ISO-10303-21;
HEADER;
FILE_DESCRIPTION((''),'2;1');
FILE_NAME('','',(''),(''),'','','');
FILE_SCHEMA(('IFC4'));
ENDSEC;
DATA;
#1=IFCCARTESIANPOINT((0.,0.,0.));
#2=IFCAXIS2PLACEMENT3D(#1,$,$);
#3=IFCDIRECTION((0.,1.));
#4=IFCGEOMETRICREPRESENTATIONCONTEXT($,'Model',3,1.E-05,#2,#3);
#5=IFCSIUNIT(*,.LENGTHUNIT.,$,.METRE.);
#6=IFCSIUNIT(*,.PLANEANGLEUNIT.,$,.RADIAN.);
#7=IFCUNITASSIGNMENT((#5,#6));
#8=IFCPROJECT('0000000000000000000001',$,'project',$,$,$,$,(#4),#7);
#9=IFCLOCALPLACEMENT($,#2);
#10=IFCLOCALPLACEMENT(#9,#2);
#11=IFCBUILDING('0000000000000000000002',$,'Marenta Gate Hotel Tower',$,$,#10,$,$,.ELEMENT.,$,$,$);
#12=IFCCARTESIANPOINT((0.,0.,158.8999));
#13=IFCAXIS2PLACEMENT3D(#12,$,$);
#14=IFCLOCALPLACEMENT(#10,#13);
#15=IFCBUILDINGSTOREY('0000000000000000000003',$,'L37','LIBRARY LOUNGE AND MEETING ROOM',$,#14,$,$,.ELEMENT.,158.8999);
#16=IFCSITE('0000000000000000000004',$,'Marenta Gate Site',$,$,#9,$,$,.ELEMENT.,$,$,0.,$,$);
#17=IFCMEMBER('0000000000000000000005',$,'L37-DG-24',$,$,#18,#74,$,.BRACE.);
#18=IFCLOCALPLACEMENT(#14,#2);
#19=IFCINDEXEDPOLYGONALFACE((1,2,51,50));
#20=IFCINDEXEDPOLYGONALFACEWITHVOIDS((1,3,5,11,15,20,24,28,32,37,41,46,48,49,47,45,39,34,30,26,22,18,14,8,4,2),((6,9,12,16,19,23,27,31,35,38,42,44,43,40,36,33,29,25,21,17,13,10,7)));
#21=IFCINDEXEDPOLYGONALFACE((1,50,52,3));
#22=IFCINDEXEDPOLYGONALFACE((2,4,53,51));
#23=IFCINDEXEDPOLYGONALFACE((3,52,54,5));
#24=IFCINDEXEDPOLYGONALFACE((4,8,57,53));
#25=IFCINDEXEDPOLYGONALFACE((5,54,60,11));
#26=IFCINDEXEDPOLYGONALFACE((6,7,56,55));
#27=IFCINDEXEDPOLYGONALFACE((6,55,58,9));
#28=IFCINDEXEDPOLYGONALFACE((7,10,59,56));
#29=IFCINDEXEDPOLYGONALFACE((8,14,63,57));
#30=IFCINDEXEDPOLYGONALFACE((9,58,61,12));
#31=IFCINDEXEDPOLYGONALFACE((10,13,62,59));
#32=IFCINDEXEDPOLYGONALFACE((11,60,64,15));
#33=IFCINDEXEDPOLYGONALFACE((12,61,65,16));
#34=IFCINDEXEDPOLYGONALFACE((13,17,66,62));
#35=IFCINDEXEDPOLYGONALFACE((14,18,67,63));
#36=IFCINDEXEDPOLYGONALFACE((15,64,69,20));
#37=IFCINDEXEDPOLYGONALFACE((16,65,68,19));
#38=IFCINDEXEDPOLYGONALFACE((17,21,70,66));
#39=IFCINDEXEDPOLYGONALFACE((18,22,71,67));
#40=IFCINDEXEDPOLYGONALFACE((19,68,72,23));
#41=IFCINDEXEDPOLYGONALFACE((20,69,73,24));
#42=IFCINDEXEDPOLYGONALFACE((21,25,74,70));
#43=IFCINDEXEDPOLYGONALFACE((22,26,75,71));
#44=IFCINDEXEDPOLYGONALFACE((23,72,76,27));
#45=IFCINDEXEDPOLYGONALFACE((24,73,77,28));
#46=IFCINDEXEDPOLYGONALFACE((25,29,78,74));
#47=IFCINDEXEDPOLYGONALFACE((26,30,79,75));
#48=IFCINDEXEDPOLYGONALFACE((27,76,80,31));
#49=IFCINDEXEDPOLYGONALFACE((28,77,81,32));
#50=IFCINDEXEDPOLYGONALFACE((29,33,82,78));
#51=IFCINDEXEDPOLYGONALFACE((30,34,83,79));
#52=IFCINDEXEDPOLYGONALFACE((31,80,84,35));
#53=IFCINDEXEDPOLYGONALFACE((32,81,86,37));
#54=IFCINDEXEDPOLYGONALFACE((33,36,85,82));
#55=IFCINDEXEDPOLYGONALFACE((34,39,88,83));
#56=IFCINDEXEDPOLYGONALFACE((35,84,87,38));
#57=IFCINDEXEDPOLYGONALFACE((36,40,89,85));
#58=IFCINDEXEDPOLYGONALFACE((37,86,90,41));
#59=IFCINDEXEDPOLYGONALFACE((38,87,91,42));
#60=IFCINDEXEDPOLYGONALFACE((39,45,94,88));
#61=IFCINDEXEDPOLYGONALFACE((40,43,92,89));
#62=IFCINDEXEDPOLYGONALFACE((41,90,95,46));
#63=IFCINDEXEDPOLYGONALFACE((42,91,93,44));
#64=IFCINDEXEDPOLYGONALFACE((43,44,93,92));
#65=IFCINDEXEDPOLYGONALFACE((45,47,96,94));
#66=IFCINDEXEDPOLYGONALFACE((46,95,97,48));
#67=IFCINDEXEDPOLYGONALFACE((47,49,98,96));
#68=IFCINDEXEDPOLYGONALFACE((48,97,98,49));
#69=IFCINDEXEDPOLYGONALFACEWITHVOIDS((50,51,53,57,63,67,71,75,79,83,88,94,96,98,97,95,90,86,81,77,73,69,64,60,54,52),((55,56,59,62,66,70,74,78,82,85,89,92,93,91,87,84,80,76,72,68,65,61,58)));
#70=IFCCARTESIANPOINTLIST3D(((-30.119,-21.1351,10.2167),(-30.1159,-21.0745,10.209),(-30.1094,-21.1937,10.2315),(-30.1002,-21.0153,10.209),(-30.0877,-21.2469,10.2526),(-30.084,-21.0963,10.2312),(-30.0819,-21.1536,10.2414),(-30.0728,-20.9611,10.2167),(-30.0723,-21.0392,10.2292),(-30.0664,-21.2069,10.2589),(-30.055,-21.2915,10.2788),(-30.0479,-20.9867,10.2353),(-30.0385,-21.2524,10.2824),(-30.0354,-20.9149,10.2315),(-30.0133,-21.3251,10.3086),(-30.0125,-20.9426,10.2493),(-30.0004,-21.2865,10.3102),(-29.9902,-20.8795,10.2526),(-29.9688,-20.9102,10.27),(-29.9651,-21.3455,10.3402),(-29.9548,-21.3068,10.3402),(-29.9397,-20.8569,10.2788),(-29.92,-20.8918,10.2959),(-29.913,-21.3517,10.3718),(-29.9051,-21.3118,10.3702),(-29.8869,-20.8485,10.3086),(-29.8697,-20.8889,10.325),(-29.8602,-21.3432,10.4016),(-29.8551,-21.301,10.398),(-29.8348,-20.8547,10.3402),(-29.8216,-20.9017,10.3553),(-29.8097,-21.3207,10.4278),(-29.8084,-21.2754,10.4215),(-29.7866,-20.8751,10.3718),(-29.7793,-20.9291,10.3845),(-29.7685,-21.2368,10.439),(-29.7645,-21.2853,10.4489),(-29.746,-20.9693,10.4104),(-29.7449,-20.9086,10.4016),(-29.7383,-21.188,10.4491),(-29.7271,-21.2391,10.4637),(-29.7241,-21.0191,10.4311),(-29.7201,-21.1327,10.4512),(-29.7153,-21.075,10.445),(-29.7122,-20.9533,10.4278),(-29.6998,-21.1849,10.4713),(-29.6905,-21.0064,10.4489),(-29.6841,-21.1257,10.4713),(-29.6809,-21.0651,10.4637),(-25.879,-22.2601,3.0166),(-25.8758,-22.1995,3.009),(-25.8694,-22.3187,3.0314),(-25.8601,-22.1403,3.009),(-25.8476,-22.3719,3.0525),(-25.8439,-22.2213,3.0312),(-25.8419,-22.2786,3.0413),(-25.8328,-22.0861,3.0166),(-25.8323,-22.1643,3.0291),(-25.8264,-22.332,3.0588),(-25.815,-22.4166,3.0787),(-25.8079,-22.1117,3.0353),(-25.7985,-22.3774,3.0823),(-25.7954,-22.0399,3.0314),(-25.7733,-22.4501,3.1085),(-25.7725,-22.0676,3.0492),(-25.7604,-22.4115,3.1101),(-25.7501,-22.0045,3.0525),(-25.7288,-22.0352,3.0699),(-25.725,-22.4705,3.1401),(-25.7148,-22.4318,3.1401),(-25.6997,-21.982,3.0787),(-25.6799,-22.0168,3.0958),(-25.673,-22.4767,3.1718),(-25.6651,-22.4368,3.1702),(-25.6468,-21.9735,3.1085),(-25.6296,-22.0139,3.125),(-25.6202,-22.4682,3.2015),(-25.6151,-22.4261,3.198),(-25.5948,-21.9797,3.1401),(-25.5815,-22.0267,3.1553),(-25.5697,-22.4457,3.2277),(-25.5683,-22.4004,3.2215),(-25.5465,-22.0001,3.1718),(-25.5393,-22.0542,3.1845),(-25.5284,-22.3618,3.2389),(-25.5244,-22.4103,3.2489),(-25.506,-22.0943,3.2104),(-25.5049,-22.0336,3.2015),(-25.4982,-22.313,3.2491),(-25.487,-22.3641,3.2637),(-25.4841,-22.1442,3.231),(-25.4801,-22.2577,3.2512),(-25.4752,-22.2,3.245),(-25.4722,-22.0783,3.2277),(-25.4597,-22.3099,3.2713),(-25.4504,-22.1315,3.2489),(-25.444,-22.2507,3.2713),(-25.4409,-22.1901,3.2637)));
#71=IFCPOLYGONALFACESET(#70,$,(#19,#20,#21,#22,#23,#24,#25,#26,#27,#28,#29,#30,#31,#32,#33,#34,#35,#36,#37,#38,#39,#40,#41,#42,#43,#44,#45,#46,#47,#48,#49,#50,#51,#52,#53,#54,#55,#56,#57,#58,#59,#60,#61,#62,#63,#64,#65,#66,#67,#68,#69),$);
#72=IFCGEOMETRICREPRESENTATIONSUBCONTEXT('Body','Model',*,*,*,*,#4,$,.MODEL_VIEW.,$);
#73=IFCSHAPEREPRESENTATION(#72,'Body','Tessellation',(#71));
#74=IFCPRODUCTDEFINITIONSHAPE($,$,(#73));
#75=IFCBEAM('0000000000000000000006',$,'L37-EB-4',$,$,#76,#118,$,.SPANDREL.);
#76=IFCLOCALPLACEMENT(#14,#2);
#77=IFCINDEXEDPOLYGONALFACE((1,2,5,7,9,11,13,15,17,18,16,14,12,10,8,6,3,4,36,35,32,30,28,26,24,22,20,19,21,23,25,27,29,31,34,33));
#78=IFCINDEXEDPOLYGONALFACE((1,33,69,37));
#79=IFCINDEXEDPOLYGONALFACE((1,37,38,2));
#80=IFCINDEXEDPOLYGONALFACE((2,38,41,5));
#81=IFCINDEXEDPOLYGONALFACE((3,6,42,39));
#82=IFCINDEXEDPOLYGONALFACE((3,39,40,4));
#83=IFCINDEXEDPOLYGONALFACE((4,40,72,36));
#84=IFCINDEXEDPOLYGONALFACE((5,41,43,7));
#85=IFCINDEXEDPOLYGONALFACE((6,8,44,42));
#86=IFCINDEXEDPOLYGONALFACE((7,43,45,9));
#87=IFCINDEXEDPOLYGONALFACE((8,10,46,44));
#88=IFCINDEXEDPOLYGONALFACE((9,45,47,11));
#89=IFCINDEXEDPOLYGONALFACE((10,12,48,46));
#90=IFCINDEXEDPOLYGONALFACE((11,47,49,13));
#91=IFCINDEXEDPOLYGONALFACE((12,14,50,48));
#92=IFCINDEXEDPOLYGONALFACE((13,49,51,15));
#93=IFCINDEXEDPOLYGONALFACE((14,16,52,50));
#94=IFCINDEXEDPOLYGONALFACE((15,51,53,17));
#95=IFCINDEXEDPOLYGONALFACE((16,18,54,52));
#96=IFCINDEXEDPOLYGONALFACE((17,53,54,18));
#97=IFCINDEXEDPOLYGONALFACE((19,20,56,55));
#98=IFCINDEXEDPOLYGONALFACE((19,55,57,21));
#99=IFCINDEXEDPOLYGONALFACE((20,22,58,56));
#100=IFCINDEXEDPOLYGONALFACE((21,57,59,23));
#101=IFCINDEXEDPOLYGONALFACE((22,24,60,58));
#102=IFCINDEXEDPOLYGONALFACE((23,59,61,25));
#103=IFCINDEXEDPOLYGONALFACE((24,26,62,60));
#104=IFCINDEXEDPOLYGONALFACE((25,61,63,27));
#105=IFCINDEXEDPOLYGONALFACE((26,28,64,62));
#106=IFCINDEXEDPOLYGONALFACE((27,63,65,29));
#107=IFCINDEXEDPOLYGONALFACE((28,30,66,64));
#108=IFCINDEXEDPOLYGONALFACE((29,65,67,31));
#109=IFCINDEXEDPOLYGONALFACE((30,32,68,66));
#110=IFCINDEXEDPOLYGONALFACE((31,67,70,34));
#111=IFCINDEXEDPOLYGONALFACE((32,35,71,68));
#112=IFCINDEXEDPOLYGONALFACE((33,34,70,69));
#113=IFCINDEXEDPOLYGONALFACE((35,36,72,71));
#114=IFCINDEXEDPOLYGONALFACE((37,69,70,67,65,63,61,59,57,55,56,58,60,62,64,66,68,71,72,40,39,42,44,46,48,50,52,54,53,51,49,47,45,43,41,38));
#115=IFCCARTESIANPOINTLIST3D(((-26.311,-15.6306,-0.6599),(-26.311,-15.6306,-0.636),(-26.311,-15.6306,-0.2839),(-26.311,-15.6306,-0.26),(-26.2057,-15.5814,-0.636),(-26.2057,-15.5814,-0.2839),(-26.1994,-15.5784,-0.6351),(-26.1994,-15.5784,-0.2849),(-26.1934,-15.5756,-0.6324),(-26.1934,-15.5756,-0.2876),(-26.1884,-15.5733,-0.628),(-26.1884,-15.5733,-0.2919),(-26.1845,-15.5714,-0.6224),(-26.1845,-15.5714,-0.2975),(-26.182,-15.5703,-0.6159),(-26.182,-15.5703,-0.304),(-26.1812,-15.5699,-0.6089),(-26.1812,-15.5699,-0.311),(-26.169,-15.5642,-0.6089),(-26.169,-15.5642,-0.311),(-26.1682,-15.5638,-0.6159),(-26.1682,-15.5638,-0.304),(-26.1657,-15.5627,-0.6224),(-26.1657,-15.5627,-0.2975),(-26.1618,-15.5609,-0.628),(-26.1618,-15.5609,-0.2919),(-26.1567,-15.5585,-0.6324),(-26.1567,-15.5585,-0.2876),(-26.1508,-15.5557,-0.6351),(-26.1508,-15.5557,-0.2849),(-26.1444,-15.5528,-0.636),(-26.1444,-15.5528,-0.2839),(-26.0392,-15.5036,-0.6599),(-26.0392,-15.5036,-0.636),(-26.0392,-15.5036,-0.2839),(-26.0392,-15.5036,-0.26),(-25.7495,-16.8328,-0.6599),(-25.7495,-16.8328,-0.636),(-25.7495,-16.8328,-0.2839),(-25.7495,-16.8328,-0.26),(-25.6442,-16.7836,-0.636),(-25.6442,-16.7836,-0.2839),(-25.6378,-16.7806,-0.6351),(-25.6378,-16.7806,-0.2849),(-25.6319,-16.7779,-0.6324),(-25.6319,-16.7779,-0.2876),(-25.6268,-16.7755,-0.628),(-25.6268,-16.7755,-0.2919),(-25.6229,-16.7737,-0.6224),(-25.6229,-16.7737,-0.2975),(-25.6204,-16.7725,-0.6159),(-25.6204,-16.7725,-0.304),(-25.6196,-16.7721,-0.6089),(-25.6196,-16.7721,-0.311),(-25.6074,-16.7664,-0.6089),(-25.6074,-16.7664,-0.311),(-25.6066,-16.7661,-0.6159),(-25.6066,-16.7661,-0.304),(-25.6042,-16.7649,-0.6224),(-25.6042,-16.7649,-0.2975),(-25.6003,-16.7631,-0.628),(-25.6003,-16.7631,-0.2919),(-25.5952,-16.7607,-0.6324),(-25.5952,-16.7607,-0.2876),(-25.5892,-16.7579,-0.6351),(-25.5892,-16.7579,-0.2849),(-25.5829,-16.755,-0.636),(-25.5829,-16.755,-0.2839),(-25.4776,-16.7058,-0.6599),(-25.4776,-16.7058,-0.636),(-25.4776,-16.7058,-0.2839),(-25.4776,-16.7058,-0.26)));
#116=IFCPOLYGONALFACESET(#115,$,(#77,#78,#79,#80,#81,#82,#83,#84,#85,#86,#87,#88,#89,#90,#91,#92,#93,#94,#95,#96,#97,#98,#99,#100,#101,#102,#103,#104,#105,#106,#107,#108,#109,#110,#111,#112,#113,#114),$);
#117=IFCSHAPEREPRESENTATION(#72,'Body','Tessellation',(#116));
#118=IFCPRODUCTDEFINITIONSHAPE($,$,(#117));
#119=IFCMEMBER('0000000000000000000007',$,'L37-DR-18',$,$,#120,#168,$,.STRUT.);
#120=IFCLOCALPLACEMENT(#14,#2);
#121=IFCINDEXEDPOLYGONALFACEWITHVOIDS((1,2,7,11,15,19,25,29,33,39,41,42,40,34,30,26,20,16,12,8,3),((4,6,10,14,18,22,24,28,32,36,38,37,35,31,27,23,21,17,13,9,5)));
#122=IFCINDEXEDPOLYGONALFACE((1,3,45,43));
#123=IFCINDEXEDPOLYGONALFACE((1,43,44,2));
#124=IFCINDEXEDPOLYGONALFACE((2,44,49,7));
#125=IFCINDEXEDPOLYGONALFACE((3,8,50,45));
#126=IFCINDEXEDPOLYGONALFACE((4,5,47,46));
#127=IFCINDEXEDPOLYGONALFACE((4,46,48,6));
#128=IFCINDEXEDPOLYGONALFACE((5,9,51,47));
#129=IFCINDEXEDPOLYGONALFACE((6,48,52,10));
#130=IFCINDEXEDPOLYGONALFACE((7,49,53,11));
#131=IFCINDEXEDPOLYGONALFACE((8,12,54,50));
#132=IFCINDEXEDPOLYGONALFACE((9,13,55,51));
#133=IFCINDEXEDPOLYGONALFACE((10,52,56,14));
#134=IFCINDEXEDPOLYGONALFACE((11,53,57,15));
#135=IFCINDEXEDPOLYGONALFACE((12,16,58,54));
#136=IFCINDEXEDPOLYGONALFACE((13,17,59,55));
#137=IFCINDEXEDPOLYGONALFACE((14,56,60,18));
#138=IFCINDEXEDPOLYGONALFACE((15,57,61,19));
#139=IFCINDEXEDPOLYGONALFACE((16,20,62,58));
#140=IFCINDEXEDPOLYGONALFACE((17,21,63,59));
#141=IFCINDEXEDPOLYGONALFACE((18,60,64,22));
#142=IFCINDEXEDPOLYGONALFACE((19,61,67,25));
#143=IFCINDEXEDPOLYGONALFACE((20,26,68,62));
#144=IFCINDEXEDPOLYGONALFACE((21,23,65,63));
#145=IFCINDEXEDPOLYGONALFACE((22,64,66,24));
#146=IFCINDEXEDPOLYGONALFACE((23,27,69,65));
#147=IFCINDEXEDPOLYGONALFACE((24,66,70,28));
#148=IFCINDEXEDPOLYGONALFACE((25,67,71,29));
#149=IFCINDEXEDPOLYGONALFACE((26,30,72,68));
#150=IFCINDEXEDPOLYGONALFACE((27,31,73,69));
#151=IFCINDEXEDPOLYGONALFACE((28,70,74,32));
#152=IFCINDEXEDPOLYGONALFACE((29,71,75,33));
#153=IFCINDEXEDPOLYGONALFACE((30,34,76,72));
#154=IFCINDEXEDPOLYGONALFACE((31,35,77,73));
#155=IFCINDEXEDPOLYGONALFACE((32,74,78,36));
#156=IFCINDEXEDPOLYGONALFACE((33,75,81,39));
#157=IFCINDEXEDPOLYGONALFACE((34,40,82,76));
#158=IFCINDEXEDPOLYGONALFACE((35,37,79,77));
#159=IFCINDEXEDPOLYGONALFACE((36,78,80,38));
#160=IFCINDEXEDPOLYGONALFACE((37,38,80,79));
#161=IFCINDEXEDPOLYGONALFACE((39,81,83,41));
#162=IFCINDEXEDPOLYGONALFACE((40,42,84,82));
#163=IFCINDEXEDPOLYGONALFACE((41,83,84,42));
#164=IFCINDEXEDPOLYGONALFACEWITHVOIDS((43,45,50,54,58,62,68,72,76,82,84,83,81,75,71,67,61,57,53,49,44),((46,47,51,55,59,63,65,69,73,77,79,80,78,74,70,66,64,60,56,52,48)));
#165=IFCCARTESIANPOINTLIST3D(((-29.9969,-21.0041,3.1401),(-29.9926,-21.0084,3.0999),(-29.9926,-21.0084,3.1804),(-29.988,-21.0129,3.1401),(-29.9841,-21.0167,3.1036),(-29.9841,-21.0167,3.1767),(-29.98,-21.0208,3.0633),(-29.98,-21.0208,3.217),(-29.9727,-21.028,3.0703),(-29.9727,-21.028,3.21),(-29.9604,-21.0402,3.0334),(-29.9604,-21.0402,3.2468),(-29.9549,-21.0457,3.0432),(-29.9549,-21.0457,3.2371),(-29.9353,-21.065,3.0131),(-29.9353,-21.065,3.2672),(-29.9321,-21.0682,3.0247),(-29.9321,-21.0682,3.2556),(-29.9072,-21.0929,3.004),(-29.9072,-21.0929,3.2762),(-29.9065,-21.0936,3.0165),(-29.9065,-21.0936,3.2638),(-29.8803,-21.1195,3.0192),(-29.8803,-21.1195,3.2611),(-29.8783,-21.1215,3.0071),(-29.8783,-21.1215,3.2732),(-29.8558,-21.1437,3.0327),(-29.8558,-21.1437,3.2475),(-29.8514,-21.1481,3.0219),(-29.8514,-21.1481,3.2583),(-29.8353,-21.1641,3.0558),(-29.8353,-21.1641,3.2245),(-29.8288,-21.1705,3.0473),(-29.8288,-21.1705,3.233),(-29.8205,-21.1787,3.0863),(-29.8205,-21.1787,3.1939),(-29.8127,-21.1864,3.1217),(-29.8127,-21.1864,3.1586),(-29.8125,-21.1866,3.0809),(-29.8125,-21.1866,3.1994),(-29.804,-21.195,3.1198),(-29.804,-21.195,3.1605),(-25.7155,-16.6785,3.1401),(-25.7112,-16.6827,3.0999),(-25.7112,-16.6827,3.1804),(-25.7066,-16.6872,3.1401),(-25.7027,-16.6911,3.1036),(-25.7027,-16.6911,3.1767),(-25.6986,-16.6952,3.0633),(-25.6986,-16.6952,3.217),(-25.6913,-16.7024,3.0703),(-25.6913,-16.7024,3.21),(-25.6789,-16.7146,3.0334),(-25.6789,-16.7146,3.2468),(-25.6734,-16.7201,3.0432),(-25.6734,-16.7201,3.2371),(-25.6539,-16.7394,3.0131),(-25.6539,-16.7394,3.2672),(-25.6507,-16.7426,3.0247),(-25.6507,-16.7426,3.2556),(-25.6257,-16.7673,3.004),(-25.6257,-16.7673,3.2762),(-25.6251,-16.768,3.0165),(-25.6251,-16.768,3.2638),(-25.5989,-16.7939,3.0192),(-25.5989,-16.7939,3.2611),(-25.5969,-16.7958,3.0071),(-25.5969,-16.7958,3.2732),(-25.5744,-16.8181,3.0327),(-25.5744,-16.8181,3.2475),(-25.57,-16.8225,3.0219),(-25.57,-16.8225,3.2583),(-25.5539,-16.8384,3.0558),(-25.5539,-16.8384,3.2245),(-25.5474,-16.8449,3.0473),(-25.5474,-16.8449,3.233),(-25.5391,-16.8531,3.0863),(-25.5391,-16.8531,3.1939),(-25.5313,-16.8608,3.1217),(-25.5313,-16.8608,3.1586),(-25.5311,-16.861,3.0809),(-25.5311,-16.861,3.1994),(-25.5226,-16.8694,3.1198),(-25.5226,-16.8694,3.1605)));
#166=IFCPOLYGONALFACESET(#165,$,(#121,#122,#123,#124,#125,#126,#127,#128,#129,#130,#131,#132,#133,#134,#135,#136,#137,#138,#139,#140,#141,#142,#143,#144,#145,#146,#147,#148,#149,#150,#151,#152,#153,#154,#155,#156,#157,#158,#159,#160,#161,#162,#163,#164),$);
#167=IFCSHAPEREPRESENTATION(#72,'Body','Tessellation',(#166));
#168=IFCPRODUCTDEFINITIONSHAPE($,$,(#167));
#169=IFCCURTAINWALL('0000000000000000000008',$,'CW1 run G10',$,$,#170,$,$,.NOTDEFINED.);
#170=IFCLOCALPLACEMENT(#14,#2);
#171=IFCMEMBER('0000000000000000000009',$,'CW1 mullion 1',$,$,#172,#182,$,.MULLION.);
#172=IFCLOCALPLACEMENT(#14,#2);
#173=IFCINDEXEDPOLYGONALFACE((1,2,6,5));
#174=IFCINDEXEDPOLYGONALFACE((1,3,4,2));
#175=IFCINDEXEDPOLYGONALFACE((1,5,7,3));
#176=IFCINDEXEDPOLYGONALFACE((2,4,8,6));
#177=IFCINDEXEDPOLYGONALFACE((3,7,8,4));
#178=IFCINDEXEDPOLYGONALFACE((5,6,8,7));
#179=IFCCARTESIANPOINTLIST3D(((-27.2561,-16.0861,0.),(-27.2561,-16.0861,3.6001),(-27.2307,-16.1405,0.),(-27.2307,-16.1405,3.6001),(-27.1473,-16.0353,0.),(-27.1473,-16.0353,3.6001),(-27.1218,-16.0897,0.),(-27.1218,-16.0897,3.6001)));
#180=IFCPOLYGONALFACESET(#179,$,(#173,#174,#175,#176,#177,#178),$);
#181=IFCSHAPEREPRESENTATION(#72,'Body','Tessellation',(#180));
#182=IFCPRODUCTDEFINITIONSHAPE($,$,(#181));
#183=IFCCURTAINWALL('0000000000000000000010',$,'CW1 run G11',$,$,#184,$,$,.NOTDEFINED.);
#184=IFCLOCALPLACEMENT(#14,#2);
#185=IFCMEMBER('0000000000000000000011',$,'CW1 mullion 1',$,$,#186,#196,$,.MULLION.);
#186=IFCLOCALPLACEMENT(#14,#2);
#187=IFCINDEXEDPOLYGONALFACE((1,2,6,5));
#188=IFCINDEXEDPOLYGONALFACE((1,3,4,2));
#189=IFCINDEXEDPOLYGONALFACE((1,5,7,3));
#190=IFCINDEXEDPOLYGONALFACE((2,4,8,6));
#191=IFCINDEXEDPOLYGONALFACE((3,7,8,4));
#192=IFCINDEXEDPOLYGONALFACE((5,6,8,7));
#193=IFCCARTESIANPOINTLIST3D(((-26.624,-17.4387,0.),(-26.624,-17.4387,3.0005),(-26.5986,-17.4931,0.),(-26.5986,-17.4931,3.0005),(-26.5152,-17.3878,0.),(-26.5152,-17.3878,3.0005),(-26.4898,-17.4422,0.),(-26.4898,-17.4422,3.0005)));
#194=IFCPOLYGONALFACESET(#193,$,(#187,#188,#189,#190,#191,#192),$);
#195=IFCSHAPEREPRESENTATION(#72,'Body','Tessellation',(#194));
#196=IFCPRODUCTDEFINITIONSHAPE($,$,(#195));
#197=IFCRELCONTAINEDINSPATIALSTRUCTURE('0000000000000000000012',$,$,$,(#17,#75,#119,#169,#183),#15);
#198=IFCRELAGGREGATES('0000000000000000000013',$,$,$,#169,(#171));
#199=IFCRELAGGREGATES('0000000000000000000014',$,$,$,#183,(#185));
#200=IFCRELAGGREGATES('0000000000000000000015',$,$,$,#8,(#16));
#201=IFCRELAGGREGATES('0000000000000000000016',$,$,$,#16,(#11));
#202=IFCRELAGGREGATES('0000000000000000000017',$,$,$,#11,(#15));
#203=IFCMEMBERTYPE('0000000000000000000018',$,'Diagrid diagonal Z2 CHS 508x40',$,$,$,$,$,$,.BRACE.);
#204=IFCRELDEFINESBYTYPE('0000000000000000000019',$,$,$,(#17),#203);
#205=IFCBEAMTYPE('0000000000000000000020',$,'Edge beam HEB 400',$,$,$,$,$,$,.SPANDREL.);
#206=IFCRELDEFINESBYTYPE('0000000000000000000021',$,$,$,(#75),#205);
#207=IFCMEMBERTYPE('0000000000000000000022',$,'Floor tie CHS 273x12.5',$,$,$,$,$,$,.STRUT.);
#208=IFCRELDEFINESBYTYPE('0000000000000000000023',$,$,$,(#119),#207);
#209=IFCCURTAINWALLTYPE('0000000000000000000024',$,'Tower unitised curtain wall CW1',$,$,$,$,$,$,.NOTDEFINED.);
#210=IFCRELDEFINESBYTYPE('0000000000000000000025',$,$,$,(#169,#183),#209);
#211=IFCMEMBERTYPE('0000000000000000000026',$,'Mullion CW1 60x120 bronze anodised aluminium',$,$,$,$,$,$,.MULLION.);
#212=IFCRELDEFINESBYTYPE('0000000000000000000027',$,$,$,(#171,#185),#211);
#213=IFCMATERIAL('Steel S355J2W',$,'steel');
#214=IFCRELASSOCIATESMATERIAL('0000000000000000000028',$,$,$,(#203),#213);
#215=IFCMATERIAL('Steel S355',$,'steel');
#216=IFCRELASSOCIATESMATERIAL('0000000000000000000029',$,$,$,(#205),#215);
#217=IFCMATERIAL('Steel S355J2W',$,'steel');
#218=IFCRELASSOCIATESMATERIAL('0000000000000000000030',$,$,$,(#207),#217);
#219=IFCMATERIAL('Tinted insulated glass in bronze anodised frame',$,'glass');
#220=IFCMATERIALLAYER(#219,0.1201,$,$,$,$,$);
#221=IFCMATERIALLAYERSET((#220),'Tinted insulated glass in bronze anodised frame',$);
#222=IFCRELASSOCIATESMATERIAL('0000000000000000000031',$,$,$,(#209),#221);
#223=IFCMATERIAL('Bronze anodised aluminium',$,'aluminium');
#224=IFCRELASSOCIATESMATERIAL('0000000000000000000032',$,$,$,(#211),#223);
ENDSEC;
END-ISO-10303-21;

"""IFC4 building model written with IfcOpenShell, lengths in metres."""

from ifc_helpers import new_model, si_unit, direction, frame, origin, origin_2d, place, context, subcontext, project, spatial, rectangle, hollow_circle, i_section, extrude, material, layer, layer_set, material_profile, profile_set, type_object, element, aggregate, save


model = new_model("IFC4")

# Units and contexts
model_context = context("Model", 3, precision=1e-05, world=origin(), true_north=direction((0.0, 1.0)))
body_context = subcontext(model_context, "Body", "Model", "MODEL_VIEW")
ifc_project = project(units=[si_unit("LENGTHUNIT", "METRE"), si_unit("PLANEANGLEUNIT", "RADIAN")], contexts=[model_context])

# Site, building, storey
site_placement = place(None, origin())
site = spatial("IfcSite", under=ifc_project, at=site_placement, Name="Marenta Gate Site", CompositionType="ELEMENT", RefElevation=0.0)
building_placement = place(site_placement, origin())
building = spatial("IfcBuilding", under=site, at=building_placement, Name="Marenta Gate Hotel Tower", CompositionType="ELEMENT")
storey_placement = place(building_placement, frame((0.0, 0.0, 158.8999)))
storey = spatial("IfcBuildingStorey", under=building, at=storey_placement, Name="L37", Description="LIBRARY LOUNGE AND MEETING ROOM", CompositionType="ELEMENT", Elevation=158.8999)

# Member
ifc_material_1 = material(Name="Steel S355J2W", Category="steel")
ifc_material_profile_1 = material_profile(ifc_material_1, hollow_circle(Radius=0.2539, WallThickness=0.04, at=origin_2d()), Name="CHS 508x40")
ifc_profile_set_1 = profile_set([ifc_material_profile_1], Name="Steel S355J2W")
member_type_1 = type_object("IfcMemberType", Name="Diagrid diagonal Z2 CHS 508x40", PredefinedType="BRACE", material=ifc_profile_set_1)
member_1_placement = place(storey_placement, frame((-25.6599, -22.2251, 3.1401), z_axis=(-0.502902, 0.133435, 0.853981), x_axis=(-0.256457, -0.966556, 0.0)))
element("IfcMember", 1, at=member_1_placement, inside=storey, type_object=member_type_1, Name="L37-DG-24", PredefinedType="BRACE", context=body_context, shape_type="SweptSolid", body=[
    extrude(hollow_circle(Radius=0.2539, WallThickness=0.04, at=origin_2d()), origin(), (0.0, 0.0, 1.0), 8.4312),
])

# Beam
ifc_material_2 = material(Name="Steel S355", Category="steel")
ifc_material_profile_2 = material_profile(ifc_material_2, i_section(OverallWidth=0.3, OverallDepth=0.3999, WebThickness=0.0134, FlangeThickness=0.0239, FilletRadius=0.0271, at=origin_2d()), Name="HEB 400")
ifc_profile_set_2 = profile_set([ifc_material_profile_2], Name="Steel S355")
beam_type = type_object("IfcBeamType", Name="Edge beam HEB 400", PredefinedType="SPANDREL", material=ifc_profile_set_2)
beam_placement = place(storey_placement, frame((-25.6135, -16.7693, -0.46), z_axis=(-0.423208, 0.906033, 0.0), x_axis=(-0.906033, -0.423208, 0.0)))
element("IfcBeam", 2, at=beam_placement, inside=storey, type_object=beam_type, Name="L37-EB-4", PredefinedType="SPANDREL", context=body_context, shape_type="SweptSolid", body=[
    extrude(i_section(OverallWidth=0.3, OverallDepth=0.3999, WebThickness=0.0134, FlangeThickness=0.0239, FilletRadius=0.0271, at=origin_2d()), origin(), (0.0, 0.0, 1.0), 1.3269),
])

# Member
ifc_material_3 = material(Name="Steel S355J2W", Category="steel")
ifc_material_profile_3 = material_profile(ifc_material_3, hollow_circle(Radius=0.1365, WallThickness=0.0125, at=origin_2d()), Name="CHS 273x12.5")
ifc_profile_set_3 = profile_set([ifc_material_profile_3], Name="Steel S355J2W")
member_type_2 = type_object("IfcMemberType", Name="Floor tie CHS 273x12.5", PredefinedType="STRUT", material=ifc_profile_set_3)
member_2_placement = place(storey_placement, frame((-29.8999, -21.1001, 3.1401), z_axis=(0.703467, 0.710728, 0.0), x_axis=(-0.710728, 0.703467, 0.0)))
element("IfcMember", 3, at=member_2_placement, inside=storey, type_object=member_type_2, Name="L37-DR-18", PredefinedType="STRUT", context=body_context, shape_type="SweptSolid", body=[
    extrude(hollow_circle(Radius=0.1365, WallThickness=0.0125, at=origin_2d()), origin(), (0.0, 0.0, 1.0), 6.0862),
])

# Curtain walls, members
ifc_material_4 = material(Name="Tinted insulated glass in bronze anodised frame", Category="glass")
ifc_layer_1 = layer(ifc_material_4, 0.1201)
ifc_layer_set_1 = layer_set([ifc_layer_1], Name="Tinted insulated glass in bronze anodised frame")
curtain_wall_type = type_object("IfcCurtainWallType", Name="Tower unitised curtain wall CW1", PredefinedType="NOTDEFINED", material=ifc_layer_set_1)
curtain_wall_1_placement = place(storey_placement, origin())
curtain_wall_1 = element("IfcCurtainWall", 4, at=curtain_wall_1_placement, inside=storey, type_object=curtain_wall_type, Name="CW1 run G10", PredefinedType="NOTDEFINED")
ifc_material_5 = material(Name="Bronze anodised aluminium", Category="aluminium")
ifc_material_profile_4 = material_profile(ifc_material_5, rectangle(XDim=0.1201, YDim=0.0601, at=origin_2d()), Name="Mullion CW1 60x120 bronze anodised aluminium")
ifc_profile_set_4 = profile_set([ifc_material_profile_4], Name="Bronze anodised aluminium")
member_type_3 = type_object("IfcMemberType", Name="Mullion CW1 60x120 bronze anodised aluminium", PredefinedType="MULLION", material=ifc_profile_set_4)
member_3_placement = place(storey_placement, frame((-27.189, -16.0879, 0.0), z_axis=(0.0, 0.0, 1.0), x_axis=(0.905967, 0.423347, 0.0)))
member_3 = element("IfcMember", 5, at=member_3_placement, type_object=member_type_3, Name="CW1 mullion 1", PredefinedType="MULLION", context=body_context, shape_type="SweptSolid", body=[
    extrude(rectangle(XDim=0.1201, YDim=0.0601, at=origin_2d()), origin(), (0.0, 0.0, 1.0), 3.6001),
])
curtain_wall_2_placement = place(storey_placement, origin())
curtain_wall_2 = element("IfcCurtainWall", 6, at=curtain_wall_2_placement, inside=storey, type_object=curtain_wall_type, Name="CW1 run G11", PredefinedType="NOTDEFINED")
member_4_placement = place(storey_placement, frame((-26.5569, -17.4404, 0.0), z_axis=(0.0, 0.0, 1.0), x_axis=(0.905961, 0.423362, 0.0)))
member_4 = element("IfcMember", 7, at=member_4_placement, type_object=member_type_3, Name="CW1 mullion 1", PredefinedType="MULLION", context=body_context, shape_type="SweptSolid", body=[
    extrude(rectangle(XDim=0.1201, YDim=0.0601, at=origin_2d()), origin(), (0.0, 0.0, 1.0), 3.0005),
])

aggregate(curtain_wall_1, [member_3])
aggregate(curtain_wall_2, [member_4])

save(model, "model.ifc")
